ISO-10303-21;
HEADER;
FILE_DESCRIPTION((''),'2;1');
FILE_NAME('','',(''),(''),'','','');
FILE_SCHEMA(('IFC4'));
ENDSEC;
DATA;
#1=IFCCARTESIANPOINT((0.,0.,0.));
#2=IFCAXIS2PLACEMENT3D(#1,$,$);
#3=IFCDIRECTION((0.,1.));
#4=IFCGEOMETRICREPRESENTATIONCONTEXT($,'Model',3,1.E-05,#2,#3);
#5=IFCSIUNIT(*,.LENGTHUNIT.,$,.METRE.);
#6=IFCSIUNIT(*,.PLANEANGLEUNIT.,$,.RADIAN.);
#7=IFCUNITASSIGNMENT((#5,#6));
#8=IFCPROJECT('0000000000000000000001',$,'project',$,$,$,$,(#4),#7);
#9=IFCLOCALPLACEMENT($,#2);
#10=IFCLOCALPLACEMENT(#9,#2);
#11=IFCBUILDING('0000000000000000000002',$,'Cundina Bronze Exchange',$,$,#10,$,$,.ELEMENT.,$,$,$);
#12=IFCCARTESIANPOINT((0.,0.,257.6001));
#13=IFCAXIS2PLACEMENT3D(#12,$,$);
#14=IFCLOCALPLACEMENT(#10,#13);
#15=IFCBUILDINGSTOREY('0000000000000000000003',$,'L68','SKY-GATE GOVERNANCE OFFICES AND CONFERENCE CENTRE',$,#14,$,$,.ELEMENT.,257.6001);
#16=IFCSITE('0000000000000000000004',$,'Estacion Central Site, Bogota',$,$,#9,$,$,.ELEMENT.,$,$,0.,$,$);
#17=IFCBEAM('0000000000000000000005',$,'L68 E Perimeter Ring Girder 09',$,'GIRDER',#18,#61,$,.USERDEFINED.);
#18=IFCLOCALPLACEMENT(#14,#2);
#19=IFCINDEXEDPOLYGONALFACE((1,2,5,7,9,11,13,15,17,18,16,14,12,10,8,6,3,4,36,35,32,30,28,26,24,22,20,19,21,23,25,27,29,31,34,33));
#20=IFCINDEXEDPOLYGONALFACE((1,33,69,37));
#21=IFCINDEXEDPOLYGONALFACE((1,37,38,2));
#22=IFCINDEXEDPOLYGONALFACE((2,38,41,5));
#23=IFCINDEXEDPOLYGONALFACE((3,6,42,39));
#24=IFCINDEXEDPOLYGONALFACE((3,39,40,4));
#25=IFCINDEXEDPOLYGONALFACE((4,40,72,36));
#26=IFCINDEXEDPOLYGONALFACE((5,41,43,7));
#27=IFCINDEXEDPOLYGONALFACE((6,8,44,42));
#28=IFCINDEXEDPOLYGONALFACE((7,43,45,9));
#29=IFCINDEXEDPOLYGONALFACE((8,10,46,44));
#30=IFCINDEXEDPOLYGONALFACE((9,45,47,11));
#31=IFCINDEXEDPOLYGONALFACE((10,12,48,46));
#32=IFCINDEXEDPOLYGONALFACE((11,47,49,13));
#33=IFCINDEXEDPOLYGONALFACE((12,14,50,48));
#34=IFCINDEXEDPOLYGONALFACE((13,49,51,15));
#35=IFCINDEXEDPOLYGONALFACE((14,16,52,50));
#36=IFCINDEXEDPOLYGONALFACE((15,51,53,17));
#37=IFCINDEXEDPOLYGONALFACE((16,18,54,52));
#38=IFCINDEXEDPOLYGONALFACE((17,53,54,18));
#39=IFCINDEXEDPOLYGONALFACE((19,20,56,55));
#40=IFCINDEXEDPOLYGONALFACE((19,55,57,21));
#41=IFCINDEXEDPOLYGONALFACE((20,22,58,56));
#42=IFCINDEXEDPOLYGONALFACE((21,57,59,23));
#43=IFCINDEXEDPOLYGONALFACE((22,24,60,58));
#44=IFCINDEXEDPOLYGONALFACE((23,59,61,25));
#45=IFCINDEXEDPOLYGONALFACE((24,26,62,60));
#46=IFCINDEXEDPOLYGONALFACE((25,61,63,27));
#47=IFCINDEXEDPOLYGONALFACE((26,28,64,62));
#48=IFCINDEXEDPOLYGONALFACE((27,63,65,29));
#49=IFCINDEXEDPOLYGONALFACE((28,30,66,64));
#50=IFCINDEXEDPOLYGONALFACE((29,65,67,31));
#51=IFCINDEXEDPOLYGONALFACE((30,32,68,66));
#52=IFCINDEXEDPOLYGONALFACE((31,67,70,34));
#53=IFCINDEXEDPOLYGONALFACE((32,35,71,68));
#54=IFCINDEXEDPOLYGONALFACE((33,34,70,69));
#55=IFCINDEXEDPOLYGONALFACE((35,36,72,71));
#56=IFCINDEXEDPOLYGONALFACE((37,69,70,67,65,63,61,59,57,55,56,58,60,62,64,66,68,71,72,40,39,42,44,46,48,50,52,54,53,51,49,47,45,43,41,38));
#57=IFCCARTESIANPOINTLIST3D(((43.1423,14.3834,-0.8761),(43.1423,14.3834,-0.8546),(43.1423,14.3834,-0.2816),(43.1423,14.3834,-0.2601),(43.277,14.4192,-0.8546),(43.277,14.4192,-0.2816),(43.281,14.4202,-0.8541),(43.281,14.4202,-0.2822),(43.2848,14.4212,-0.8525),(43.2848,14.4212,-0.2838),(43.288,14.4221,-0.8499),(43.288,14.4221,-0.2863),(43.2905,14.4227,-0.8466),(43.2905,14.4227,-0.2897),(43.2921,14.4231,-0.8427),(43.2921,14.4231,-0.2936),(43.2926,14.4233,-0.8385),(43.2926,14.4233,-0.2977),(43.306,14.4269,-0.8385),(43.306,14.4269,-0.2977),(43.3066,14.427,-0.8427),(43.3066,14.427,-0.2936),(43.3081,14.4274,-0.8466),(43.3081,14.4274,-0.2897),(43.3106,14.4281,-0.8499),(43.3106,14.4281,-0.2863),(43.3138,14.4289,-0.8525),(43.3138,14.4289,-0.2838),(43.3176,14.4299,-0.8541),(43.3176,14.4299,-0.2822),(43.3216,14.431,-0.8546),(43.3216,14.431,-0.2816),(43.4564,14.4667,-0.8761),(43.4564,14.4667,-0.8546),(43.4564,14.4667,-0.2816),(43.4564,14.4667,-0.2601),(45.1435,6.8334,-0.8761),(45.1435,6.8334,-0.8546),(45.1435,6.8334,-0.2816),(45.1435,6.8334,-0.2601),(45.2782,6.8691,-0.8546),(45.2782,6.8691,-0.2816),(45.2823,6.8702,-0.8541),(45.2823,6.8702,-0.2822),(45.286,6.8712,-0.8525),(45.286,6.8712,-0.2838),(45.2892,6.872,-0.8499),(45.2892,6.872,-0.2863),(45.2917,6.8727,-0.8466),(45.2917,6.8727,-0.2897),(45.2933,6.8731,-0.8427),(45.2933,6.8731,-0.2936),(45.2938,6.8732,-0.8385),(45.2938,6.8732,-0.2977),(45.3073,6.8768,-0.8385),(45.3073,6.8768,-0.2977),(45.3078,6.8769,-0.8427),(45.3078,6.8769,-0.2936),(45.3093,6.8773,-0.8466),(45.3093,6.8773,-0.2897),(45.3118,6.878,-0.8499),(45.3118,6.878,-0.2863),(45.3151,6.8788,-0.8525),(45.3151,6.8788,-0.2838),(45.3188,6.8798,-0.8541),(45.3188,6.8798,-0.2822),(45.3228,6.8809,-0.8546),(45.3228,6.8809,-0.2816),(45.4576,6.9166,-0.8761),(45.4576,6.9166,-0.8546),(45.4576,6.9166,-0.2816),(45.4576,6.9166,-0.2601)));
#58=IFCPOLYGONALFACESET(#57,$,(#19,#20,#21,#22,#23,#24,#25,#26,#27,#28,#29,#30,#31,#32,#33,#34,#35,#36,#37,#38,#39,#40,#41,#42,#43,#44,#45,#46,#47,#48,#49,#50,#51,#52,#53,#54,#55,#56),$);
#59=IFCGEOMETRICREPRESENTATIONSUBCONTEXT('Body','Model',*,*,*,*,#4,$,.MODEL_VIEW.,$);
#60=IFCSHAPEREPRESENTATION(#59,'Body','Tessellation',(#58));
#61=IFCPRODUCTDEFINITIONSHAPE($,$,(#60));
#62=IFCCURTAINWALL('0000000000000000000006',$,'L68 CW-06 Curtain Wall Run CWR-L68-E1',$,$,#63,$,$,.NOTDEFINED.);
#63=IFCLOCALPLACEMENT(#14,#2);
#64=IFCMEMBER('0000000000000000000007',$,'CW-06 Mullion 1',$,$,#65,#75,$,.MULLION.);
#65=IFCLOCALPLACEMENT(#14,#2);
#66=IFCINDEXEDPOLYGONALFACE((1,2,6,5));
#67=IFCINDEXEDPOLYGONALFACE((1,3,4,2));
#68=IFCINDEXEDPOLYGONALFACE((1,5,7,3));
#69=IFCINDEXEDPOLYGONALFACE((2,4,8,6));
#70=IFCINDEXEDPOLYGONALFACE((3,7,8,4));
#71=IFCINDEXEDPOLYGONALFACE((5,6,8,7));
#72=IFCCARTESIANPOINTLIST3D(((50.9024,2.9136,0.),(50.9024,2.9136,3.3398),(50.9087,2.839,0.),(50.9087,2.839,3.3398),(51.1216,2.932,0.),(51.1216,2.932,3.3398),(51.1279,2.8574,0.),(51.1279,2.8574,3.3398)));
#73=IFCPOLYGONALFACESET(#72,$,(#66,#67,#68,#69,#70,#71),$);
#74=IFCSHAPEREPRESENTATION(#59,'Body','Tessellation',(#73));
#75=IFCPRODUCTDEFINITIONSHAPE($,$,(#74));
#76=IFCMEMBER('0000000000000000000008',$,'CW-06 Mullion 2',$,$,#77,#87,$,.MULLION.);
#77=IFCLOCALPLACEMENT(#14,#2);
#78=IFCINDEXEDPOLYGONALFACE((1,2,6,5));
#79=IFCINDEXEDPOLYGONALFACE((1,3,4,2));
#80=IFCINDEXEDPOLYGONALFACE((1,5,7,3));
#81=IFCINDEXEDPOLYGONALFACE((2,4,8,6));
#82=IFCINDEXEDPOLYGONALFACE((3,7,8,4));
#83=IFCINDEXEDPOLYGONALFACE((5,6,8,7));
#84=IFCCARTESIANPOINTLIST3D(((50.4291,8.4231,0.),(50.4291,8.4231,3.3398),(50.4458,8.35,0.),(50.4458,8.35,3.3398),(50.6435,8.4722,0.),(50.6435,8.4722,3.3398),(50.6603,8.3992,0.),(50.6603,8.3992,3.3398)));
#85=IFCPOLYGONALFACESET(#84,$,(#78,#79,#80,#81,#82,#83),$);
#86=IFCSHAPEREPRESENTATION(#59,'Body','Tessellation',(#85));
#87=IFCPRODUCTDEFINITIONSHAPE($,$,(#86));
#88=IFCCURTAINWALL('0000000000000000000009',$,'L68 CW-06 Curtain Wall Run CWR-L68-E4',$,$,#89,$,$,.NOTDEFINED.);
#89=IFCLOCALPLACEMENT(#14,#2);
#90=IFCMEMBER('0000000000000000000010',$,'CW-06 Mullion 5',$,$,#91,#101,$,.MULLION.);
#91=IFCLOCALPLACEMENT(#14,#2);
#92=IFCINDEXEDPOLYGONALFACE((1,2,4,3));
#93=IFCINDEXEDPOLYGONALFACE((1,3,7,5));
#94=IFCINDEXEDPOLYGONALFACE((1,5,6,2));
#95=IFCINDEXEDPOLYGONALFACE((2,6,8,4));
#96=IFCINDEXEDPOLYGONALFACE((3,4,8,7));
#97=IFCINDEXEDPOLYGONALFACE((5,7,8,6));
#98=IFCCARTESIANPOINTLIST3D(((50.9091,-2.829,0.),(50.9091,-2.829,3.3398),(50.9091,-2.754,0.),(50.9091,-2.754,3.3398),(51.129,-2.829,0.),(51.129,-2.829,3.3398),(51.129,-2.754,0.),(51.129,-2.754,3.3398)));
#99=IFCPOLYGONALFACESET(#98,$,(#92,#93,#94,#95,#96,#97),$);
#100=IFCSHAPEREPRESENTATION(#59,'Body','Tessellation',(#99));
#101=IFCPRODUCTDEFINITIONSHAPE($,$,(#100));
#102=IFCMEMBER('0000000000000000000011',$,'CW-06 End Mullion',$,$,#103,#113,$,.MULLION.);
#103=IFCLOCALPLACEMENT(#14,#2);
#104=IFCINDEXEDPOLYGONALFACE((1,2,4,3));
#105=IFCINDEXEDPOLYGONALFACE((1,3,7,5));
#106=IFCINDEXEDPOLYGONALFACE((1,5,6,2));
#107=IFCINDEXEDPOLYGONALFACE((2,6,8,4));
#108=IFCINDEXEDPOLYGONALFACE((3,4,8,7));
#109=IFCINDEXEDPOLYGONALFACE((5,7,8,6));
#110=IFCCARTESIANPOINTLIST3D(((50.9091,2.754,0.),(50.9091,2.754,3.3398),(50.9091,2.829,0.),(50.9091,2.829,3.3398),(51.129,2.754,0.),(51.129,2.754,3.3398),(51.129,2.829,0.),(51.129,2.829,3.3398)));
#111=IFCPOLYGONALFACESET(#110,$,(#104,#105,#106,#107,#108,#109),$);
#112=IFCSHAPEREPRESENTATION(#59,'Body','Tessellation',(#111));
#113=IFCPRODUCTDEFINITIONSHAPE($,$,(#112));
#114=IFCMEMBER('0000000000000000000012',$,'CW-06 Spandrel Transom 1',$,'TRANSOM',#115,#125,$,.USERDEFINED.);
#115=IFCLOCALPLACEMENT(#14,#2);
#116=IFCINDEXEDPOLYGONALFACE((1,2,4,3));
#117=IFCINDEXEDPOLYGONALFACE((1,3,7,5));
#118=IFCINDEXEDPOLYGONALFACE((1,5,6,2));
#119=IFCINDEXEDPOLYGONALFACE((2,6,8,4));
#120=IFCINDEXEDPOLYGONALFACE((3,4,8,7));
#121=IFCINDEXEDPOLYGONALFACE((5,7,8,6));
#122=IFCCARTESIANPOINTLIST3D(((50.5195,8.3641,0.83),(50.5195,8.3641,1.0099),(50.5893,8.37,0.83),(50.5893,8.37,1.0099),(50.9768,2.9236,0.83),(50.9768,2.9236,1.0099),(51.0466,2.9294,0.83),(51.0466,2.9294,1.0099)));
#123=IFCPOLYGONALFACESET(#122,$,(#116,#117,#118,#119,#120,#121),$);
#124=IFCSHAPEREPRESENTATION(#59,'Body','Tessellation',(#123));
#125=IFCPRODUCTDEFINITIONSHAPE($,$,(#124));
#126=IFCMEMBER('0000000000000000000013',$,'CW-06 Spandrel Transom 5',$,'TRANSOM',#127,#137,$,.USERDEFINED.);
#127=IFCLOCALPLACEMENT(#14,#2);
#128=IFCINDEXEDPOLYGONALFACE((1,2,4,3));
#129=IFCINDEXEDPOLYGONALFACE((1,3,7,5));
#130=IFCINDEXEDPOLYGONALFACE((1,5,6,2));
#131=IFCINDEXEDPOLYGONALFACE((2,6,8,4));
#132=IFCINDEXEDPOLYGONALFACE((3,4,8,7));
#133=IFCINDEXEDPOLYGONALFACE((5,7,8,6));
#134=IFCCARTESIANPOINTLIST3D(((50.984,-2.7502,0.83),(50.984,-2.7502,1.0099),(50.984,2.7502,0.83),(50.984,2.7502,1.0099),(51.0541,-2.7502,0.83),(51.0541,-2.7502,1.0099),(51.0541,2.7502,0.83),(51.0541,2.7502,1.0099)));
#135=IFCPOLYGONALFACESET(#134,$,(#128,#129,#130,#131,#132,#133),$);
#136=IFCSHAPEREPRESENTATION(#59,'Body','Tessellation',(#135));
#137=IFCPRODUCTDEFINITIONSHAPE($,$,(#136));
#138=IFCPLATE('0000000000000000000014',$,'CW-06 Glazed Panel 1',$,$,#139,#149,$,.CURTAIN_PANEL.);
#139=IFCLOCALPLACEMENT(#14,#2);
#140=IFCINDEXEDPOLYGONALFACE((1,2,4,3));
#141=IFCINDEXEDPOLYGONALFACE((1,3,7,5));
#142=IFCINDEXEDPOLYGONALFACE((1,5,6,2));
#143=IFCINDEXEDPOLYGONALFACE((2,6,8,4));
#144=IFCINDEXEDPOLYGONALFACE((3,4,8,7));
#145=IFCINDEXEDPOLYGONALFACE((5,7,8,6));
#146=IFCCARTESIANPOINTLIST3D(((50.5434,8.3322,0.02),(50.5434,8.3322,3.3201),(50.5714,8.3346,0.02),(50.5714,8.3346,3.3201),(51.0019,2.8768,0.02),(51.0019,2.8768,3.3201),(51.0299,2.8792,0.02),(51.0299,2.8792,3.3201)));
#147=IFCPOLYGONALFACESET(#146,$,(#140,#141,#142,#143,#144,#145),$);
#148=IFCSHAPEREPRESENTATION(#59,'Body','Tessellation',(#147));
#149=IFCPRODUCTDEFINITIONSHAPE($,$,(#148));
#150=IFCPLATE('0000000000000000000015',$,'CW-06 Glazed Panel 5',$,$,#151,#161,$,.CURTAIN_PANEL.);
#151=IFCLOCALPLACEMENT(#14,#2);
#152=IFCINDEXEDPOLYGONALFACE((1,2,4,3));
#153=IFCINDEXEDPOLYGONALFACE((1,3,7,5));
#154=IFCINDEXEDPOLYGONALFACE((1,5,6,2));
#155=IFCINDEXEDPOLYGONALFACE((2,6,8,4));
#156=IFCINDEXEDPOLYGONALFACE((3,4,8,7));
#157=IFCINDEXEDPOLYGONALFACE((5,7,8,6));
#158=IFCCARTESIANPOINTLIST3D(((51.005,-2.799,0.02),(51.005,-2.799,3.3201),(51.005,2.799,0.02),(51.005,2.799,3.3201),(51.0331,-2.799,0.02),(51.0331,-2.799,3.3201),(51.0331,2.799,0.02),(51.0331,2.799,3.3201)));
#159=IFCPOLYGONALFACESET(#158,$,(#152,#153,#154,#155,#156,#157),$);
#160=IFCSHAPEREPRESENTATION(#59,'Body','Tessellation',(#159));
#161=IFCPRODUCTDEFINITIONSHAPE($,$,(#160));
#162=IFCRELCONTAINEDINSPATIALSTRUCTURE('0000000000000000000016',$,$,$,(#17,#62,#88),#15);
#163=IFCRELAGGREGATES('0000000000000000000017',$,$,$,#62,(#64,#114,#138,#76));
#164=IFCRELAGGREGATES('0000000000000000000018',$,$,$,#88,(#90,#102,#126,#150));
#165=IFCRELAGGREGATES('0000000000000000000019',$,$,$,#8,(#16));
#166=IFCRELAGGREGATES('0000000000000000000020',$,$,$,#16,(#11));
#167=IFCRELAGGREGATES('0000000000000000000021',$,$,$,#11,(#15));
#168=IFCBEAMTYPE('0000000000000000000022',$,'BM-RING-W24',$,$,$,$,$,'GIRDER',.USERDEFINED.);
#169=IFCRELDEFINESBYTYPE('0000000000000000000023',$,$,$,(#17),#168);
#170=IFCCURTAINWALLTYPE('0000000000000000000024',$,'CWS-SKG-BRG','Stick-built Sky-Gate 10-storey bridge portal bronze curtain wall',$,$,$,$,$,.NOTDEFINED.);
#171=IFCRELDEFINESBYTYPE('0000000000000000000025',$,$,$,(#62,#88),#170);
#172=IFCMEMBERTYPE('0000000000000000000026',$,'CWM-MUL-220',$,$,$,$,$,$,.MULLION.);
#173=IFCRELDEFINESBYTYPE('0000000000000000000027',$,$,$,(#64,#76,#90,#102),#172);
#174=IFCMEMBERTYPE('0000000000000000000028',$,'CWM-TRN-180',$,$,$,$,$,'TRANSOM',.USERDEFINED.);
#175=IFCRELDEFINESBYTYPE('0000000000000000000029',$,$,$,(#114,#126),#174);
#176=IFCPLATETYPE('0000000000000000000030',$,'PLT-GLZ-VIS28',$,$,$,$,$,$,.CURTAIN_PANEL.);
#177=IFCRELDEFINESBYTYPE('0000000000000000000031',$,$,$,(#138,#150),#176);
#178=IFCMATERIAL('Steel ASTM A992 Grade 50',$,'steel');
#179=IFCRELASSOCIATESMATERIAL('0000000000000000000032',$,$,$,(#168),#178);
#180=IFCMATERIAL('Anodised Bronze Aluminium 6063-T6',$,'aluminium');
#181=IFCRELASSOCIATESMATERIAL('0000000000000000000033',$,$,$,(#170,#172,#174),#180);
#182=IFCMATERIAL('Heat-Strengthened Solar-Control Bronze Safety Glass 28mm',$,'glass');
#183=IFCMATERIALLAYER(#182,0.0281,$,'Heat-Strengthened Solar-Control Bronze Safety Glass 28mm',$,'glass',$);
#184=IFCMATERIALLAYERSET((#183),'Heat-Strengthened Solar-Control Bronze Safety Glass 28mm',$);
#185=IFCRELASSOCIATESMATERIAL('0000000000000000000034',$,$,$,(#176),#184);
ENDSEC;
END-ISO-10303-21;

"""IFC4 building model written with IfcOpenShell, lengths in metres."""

from ifc_helpers import new_model, si_unit, direction, frame, origin, origin_2d, place, context, subcontext, project, spatial, rectangle, i_section, extrude, material, layer, layer_set, material_profile, profile_set, type_object, element, aggregate, save


model = new_model("IFC4")

# Units and contexts
model_context = context("Model", 3, precision=1e-05, world=origin(), true_north=direction((0.0, 1.0)))
body_context = subcontext(model_context, "Body", "Model", "MODEL_VIEW")
ifc_project = project(units=[si_unit("LENGTHUNIT", "METRE"), si_unit("PLANEANGLEUNIT", "RADIAN")], contexts=[model_context])

# Site, building, storey
site_placement = place(None, origin())
site = spatial("IfcSite", under=ifc_project, at=site_placement, Name="Estacion Central Site, Bogota", CompositionType="ELEMENT", RefElevation=0.0)
building_placement = place(site_placement, origin())
building = spatial("IfcBuilding", under=site, at=building_placement, Name="Cundina Bronze Exchange", CompositionType="ELEMENT")
storey_placement = place(building_placement, frame((0.0, 0.0, 257.6001)))
storey = spatial("IfcBuildingStorey", under=building, at=storey_placement, Name="L68", Description="SKY-GATE GOVERNANCE OFFICES AND CONFERENCE CENTRE", CompositionType="ELEMENT", Elevation=257.6001)

# Shared definitions
ifc_material_1 = material(Name="Steel ASTM A992 Grade 50", Category="steel")

# Beam
ifc_material_profile_1 = material_profile(ifc_material_1, i_section(OverallWidth=0.325, OverallDepth=0.616, WebThickness=0.0139, FlangeThickness=0.0215, FilletRadius=0.0161, at=origin_2d()), Name="W24X117", Category="steel")
ifc_profile_set_1 = profile_set([ifc_material_profile_1], Name="Steel ASTM A992 Grade 50")
beam_type_1 = type_object("IfcBeamType", Name="BM-RING-W24", ElementType="GIRDER", PredefinedType="USERDEFINED", material=ifc_profile_set_1)
for number, where, z_axis, x_axis, name in (
    (1, (45.3005, 6.875, -0.5681), (-0.256213, 0.96662, 0.0), (-0.96662, -0.256213, 0.0), "L68 E Perimeter Ring Girder 09"),
):
    element("IfcBeam", number, at=place(storey_placement, frame(where, z_axis=z_axis, x_axis=x_axis)), inside=storey, type_object=beam_type_1, Name=name, ObjectType="GIRDER", PredefinedType="USERDEFINED", context=body_context, shape_type="SweptSolid", body=[
        extrude(i_section(OverallWidth=0.325, OverallDepth=0.616, WebThickness=0.0139, FlangeThickness=0.0215, FilletRadius=0.0161, at=origin_2d()), origin(), (0.0, 0.0, 1.0), 7.8108),
    ])

# Curtain walls, members
ifc_material_2 = material(Name="Anodised Bronze Aluminium 6063-T6", Category="aluminium")
curtain_wall_type = type_object("IfcCurtainWallType", Name="CWS-SKG-BRG", Description="Stick-built Sky-Gate 10-storey bridge portal bronze curtain wall", PredefinedType="NOTDEFINED", material=ifc_material_2)
curtain_wall_1_placement = place(storey_placement, origin())
curtain_wall_1 = element("IfcCurtainWall", 2, at=curtain_wall_1_placement, inside=storey, type_object=curtain_wall_type, Name="L68 CW-06 Curtain Wall Run CWR-L68-E1", PredefinedType="NOTDEFINED")
ifc_material_profile_2 = material_profile(ifc_material_2, rectangle(XDim=0.075, YDim=0.22, at=origin_2d()), Name="AL75X220", Category="aluminium")
ifc_profile_set_2 = profile_set([ifc_material_profile_2], Name="Anodised Bronze Aluminium 6063-T6")
member_type_1 = type_object("IfcMemberType", Name="CWM-MUL-220", PredefinedType="MULLION", material=ifc_profile_set_2)
member_1_placement = place(storey_placement, frame((51.0151, 2.8855, 0.0), z_axis=(0.0, 0.0, 1.0), x_axis=(-0.083678, 0.996493, 0.0)))
member_1 = element("IfcMember", 3, at=member_1_placement, type_object=member_type_1, Name="CW-06 Mullion 1", PredefinedType="MULLION", context=body_context, shape_type="SweptSolid", body=[
    extrude(rectangle(XDim=0.075, YDim=0.22, at=origin_2d()), origin(), (0.0, 0.0, 1.0), 3.3398),
])
member_2_placement = place(storey_placement, frame((50.5447, 8.4111, 0.0), z_axis=(0.0, 0.0, 1.0), x_axis=(-0.22325, 0.974761, 0.0)))
member_2 = element("IfcMember", 4, at=member_2_placement, type_object=member_type_1, Name="CW-06 Mullion 2", PredefinedType="MULLION", context=body_context, shape_type="SweptSolid", body=[
    extrude(rectangle(XDim=0.075, YDim=0.22, at=origin_2d()), origin(), (0.0, 0.0, 1.0), 3.3398),
])
curtain_wall_2_placement = place(storey_placement, origin())
curtain_wall_2 = element("IfcCurtainWall", 5, at=curtain_wall_2_placement, inside=storey, type_object=curtain_wall_type, Name="L68 CW-06 Curtain Wall Run CWR-L68-E4", PredefinedType="NOTDEFINED")
member_3_placement = place(storey_placement, frame((51.019, -2.7915, 0.0), z_axis=(0.0, 0.0, 1.0), x_axis=(0.0, 1.0, 0.0)))
member_3 = element("IfcMember", 6, at=member_3_placement, type_object=member_type_1, Name="CW-06 Mullion 5", PredefinedType="MULLION", context=body_context, shape_type="SweptSolid", body=[
    extrude(rectangle(XDim=0.075, YDim=0.22, at=origin_2d()), origin(), (0.0, 0.0, 1.0), 3.3398),
])
member_4_placement = place(storey_placement, frame((51.019, 2.7915, 0.0), z_axis=(0.0, 0.0, 1.0), x_axis=(0.0, 1.0, 0.0)))
member_4 = element("IfcMember", 7, at=member_4_placement, type_object=member_type_1, Name="CW-06 End Mullion", PredefinedType="MULLION", context=body_context, shape_type="SweptSolid", body=[
    extrude(rectangle(XDim=0.075, YDim=0.22, at=origin_2d()), origin(), (0.0, 0.0, 1.0), 3.3398),
])

# Members
ifc_material_profile_3 = material_profile(ifc_material_2, rectangle(XDim=0.0701, YDim=0.1799, at=origin_2d()), Name="AL70X180", Category="aluminium")
ifc_profile_set_3 = profile_set([ifc_material_profile_3], Name="Anodised Bronze Aluminium 6063-T6")
member_type_2 = type_object("IfcMemberType", Name="CWM-TRN-180", ElementType="TRANSOM", PredefinedType="USERDEFINED", material=ifc_profile_set_3)
member_5_placement = place(storey_placement, frame((51.0117, 2.9265, 0.9199), z_axis=(-0.083756, 0.996486, 0.0), x_axis=(-0.996486, -0.083756, 0.0)))
member_5 = element("IfcMember", 8, at=member_5_placement, type_object=member_type_2, Name="CW-06 Spandrel Transom 1", ObjectType="TRANSOM", PredefinedType="USERDEFINED", context=body_context, shape_type="SweptSolid", body=[
    extrude(rectangle(XDim=0.0701, YDim=0.1799, at=origin_2d()), origin(), (0.0, 0.0, 1.0), 5.4597),
])
member_6_placement = place(storey_placement, frame((51.019, -2.7502, 0.9199), z_axis=(0.0, 1.0, 0.0), x_axis=(-1.0, 0.0, 0.0)))
member_6 = element("IfcMember", 9, at=member_6_placement, type_object=member_type_2, Name="CW-06 Spandrel Transom 5", ObjectType="TRANSOM", PredefinedType="USERDEFINED", context=body_context, shape_type="SweptSolid", body=[
    extrude(rectangle(XDim=0.0701, YDim=0.1799, at=origin_2d()), origin(), (0.0, 0.0, 1.0), 5.5005),
])

# Plates
ifc_material_3 = material(Name="Heat-Strengthened Solar-Control Bronze Safety Glass 28mm", Category="glass")
ifc_layer_1 = layer(ifc_material_3, 0.0281, Name="Heat-Strengthened Solar-Control Bronze Safety Glass 28mm", Category="glass")
ifc_layer_set_1 = layer_set([ifc_layer_1], Name="Heat-Strengthened Solar-Control Bronze Safety Glass 28mm")
plate_type = type_object("IfcPlateType", Name="PLT-GLZ-VIS28", PredefinedType="CURTAIN_PANEL", material=ifc_layer_set_1)
plate_1_placement = place(storey_placement, frame((50.7866, 5.6057, 0.02), z_axis=(0.0, 0.0, 1.0), x_axis=(-0.083747, 0.996487, 0.0)))
plate_1 = element("IfcPlate", 10, at=plate_1_placement, type_object=plate_type, Name="CW-06 Glazed Panel 1", PredefinedType="CURTAIN_PANEL", context=body_context, shape_type="SweptSolid", body=[
    extrude(rectangle(XDim=5.4746, YDim=0.0281, at=origin_2d()), origin(), (0.0, 0.0, 1.0), 3.3),
])
aggregate(curtain_wall_1, [member_1, member_5, plate_1, member_2])
plate_2_placement = place(storey_placement, frame((51.019, 0.0, 0.02), z_axis=(0.0, 0.0, 1.0), x_axis=(0.0, 1.0, 0.0)))
plate_2 = element("IfcPlate", 11, at=plate_2_placement, type_object=plate_type, Name="CW-06 Glazed Panel 5", PredefinedType="CURTAIN_PANEL", context=body_context, shape_type="SweptSolid", body=[
    extrude(rectangle(XDim=5.5979, YDim=0.0281, at=origin_2d()), origin(), (0.0, 0.0, 1.0), 3.3),
])
aggregate(curtain_wall_2, [member_3, member_4, member_6, plate_2])

save(model, "model.ifc")
